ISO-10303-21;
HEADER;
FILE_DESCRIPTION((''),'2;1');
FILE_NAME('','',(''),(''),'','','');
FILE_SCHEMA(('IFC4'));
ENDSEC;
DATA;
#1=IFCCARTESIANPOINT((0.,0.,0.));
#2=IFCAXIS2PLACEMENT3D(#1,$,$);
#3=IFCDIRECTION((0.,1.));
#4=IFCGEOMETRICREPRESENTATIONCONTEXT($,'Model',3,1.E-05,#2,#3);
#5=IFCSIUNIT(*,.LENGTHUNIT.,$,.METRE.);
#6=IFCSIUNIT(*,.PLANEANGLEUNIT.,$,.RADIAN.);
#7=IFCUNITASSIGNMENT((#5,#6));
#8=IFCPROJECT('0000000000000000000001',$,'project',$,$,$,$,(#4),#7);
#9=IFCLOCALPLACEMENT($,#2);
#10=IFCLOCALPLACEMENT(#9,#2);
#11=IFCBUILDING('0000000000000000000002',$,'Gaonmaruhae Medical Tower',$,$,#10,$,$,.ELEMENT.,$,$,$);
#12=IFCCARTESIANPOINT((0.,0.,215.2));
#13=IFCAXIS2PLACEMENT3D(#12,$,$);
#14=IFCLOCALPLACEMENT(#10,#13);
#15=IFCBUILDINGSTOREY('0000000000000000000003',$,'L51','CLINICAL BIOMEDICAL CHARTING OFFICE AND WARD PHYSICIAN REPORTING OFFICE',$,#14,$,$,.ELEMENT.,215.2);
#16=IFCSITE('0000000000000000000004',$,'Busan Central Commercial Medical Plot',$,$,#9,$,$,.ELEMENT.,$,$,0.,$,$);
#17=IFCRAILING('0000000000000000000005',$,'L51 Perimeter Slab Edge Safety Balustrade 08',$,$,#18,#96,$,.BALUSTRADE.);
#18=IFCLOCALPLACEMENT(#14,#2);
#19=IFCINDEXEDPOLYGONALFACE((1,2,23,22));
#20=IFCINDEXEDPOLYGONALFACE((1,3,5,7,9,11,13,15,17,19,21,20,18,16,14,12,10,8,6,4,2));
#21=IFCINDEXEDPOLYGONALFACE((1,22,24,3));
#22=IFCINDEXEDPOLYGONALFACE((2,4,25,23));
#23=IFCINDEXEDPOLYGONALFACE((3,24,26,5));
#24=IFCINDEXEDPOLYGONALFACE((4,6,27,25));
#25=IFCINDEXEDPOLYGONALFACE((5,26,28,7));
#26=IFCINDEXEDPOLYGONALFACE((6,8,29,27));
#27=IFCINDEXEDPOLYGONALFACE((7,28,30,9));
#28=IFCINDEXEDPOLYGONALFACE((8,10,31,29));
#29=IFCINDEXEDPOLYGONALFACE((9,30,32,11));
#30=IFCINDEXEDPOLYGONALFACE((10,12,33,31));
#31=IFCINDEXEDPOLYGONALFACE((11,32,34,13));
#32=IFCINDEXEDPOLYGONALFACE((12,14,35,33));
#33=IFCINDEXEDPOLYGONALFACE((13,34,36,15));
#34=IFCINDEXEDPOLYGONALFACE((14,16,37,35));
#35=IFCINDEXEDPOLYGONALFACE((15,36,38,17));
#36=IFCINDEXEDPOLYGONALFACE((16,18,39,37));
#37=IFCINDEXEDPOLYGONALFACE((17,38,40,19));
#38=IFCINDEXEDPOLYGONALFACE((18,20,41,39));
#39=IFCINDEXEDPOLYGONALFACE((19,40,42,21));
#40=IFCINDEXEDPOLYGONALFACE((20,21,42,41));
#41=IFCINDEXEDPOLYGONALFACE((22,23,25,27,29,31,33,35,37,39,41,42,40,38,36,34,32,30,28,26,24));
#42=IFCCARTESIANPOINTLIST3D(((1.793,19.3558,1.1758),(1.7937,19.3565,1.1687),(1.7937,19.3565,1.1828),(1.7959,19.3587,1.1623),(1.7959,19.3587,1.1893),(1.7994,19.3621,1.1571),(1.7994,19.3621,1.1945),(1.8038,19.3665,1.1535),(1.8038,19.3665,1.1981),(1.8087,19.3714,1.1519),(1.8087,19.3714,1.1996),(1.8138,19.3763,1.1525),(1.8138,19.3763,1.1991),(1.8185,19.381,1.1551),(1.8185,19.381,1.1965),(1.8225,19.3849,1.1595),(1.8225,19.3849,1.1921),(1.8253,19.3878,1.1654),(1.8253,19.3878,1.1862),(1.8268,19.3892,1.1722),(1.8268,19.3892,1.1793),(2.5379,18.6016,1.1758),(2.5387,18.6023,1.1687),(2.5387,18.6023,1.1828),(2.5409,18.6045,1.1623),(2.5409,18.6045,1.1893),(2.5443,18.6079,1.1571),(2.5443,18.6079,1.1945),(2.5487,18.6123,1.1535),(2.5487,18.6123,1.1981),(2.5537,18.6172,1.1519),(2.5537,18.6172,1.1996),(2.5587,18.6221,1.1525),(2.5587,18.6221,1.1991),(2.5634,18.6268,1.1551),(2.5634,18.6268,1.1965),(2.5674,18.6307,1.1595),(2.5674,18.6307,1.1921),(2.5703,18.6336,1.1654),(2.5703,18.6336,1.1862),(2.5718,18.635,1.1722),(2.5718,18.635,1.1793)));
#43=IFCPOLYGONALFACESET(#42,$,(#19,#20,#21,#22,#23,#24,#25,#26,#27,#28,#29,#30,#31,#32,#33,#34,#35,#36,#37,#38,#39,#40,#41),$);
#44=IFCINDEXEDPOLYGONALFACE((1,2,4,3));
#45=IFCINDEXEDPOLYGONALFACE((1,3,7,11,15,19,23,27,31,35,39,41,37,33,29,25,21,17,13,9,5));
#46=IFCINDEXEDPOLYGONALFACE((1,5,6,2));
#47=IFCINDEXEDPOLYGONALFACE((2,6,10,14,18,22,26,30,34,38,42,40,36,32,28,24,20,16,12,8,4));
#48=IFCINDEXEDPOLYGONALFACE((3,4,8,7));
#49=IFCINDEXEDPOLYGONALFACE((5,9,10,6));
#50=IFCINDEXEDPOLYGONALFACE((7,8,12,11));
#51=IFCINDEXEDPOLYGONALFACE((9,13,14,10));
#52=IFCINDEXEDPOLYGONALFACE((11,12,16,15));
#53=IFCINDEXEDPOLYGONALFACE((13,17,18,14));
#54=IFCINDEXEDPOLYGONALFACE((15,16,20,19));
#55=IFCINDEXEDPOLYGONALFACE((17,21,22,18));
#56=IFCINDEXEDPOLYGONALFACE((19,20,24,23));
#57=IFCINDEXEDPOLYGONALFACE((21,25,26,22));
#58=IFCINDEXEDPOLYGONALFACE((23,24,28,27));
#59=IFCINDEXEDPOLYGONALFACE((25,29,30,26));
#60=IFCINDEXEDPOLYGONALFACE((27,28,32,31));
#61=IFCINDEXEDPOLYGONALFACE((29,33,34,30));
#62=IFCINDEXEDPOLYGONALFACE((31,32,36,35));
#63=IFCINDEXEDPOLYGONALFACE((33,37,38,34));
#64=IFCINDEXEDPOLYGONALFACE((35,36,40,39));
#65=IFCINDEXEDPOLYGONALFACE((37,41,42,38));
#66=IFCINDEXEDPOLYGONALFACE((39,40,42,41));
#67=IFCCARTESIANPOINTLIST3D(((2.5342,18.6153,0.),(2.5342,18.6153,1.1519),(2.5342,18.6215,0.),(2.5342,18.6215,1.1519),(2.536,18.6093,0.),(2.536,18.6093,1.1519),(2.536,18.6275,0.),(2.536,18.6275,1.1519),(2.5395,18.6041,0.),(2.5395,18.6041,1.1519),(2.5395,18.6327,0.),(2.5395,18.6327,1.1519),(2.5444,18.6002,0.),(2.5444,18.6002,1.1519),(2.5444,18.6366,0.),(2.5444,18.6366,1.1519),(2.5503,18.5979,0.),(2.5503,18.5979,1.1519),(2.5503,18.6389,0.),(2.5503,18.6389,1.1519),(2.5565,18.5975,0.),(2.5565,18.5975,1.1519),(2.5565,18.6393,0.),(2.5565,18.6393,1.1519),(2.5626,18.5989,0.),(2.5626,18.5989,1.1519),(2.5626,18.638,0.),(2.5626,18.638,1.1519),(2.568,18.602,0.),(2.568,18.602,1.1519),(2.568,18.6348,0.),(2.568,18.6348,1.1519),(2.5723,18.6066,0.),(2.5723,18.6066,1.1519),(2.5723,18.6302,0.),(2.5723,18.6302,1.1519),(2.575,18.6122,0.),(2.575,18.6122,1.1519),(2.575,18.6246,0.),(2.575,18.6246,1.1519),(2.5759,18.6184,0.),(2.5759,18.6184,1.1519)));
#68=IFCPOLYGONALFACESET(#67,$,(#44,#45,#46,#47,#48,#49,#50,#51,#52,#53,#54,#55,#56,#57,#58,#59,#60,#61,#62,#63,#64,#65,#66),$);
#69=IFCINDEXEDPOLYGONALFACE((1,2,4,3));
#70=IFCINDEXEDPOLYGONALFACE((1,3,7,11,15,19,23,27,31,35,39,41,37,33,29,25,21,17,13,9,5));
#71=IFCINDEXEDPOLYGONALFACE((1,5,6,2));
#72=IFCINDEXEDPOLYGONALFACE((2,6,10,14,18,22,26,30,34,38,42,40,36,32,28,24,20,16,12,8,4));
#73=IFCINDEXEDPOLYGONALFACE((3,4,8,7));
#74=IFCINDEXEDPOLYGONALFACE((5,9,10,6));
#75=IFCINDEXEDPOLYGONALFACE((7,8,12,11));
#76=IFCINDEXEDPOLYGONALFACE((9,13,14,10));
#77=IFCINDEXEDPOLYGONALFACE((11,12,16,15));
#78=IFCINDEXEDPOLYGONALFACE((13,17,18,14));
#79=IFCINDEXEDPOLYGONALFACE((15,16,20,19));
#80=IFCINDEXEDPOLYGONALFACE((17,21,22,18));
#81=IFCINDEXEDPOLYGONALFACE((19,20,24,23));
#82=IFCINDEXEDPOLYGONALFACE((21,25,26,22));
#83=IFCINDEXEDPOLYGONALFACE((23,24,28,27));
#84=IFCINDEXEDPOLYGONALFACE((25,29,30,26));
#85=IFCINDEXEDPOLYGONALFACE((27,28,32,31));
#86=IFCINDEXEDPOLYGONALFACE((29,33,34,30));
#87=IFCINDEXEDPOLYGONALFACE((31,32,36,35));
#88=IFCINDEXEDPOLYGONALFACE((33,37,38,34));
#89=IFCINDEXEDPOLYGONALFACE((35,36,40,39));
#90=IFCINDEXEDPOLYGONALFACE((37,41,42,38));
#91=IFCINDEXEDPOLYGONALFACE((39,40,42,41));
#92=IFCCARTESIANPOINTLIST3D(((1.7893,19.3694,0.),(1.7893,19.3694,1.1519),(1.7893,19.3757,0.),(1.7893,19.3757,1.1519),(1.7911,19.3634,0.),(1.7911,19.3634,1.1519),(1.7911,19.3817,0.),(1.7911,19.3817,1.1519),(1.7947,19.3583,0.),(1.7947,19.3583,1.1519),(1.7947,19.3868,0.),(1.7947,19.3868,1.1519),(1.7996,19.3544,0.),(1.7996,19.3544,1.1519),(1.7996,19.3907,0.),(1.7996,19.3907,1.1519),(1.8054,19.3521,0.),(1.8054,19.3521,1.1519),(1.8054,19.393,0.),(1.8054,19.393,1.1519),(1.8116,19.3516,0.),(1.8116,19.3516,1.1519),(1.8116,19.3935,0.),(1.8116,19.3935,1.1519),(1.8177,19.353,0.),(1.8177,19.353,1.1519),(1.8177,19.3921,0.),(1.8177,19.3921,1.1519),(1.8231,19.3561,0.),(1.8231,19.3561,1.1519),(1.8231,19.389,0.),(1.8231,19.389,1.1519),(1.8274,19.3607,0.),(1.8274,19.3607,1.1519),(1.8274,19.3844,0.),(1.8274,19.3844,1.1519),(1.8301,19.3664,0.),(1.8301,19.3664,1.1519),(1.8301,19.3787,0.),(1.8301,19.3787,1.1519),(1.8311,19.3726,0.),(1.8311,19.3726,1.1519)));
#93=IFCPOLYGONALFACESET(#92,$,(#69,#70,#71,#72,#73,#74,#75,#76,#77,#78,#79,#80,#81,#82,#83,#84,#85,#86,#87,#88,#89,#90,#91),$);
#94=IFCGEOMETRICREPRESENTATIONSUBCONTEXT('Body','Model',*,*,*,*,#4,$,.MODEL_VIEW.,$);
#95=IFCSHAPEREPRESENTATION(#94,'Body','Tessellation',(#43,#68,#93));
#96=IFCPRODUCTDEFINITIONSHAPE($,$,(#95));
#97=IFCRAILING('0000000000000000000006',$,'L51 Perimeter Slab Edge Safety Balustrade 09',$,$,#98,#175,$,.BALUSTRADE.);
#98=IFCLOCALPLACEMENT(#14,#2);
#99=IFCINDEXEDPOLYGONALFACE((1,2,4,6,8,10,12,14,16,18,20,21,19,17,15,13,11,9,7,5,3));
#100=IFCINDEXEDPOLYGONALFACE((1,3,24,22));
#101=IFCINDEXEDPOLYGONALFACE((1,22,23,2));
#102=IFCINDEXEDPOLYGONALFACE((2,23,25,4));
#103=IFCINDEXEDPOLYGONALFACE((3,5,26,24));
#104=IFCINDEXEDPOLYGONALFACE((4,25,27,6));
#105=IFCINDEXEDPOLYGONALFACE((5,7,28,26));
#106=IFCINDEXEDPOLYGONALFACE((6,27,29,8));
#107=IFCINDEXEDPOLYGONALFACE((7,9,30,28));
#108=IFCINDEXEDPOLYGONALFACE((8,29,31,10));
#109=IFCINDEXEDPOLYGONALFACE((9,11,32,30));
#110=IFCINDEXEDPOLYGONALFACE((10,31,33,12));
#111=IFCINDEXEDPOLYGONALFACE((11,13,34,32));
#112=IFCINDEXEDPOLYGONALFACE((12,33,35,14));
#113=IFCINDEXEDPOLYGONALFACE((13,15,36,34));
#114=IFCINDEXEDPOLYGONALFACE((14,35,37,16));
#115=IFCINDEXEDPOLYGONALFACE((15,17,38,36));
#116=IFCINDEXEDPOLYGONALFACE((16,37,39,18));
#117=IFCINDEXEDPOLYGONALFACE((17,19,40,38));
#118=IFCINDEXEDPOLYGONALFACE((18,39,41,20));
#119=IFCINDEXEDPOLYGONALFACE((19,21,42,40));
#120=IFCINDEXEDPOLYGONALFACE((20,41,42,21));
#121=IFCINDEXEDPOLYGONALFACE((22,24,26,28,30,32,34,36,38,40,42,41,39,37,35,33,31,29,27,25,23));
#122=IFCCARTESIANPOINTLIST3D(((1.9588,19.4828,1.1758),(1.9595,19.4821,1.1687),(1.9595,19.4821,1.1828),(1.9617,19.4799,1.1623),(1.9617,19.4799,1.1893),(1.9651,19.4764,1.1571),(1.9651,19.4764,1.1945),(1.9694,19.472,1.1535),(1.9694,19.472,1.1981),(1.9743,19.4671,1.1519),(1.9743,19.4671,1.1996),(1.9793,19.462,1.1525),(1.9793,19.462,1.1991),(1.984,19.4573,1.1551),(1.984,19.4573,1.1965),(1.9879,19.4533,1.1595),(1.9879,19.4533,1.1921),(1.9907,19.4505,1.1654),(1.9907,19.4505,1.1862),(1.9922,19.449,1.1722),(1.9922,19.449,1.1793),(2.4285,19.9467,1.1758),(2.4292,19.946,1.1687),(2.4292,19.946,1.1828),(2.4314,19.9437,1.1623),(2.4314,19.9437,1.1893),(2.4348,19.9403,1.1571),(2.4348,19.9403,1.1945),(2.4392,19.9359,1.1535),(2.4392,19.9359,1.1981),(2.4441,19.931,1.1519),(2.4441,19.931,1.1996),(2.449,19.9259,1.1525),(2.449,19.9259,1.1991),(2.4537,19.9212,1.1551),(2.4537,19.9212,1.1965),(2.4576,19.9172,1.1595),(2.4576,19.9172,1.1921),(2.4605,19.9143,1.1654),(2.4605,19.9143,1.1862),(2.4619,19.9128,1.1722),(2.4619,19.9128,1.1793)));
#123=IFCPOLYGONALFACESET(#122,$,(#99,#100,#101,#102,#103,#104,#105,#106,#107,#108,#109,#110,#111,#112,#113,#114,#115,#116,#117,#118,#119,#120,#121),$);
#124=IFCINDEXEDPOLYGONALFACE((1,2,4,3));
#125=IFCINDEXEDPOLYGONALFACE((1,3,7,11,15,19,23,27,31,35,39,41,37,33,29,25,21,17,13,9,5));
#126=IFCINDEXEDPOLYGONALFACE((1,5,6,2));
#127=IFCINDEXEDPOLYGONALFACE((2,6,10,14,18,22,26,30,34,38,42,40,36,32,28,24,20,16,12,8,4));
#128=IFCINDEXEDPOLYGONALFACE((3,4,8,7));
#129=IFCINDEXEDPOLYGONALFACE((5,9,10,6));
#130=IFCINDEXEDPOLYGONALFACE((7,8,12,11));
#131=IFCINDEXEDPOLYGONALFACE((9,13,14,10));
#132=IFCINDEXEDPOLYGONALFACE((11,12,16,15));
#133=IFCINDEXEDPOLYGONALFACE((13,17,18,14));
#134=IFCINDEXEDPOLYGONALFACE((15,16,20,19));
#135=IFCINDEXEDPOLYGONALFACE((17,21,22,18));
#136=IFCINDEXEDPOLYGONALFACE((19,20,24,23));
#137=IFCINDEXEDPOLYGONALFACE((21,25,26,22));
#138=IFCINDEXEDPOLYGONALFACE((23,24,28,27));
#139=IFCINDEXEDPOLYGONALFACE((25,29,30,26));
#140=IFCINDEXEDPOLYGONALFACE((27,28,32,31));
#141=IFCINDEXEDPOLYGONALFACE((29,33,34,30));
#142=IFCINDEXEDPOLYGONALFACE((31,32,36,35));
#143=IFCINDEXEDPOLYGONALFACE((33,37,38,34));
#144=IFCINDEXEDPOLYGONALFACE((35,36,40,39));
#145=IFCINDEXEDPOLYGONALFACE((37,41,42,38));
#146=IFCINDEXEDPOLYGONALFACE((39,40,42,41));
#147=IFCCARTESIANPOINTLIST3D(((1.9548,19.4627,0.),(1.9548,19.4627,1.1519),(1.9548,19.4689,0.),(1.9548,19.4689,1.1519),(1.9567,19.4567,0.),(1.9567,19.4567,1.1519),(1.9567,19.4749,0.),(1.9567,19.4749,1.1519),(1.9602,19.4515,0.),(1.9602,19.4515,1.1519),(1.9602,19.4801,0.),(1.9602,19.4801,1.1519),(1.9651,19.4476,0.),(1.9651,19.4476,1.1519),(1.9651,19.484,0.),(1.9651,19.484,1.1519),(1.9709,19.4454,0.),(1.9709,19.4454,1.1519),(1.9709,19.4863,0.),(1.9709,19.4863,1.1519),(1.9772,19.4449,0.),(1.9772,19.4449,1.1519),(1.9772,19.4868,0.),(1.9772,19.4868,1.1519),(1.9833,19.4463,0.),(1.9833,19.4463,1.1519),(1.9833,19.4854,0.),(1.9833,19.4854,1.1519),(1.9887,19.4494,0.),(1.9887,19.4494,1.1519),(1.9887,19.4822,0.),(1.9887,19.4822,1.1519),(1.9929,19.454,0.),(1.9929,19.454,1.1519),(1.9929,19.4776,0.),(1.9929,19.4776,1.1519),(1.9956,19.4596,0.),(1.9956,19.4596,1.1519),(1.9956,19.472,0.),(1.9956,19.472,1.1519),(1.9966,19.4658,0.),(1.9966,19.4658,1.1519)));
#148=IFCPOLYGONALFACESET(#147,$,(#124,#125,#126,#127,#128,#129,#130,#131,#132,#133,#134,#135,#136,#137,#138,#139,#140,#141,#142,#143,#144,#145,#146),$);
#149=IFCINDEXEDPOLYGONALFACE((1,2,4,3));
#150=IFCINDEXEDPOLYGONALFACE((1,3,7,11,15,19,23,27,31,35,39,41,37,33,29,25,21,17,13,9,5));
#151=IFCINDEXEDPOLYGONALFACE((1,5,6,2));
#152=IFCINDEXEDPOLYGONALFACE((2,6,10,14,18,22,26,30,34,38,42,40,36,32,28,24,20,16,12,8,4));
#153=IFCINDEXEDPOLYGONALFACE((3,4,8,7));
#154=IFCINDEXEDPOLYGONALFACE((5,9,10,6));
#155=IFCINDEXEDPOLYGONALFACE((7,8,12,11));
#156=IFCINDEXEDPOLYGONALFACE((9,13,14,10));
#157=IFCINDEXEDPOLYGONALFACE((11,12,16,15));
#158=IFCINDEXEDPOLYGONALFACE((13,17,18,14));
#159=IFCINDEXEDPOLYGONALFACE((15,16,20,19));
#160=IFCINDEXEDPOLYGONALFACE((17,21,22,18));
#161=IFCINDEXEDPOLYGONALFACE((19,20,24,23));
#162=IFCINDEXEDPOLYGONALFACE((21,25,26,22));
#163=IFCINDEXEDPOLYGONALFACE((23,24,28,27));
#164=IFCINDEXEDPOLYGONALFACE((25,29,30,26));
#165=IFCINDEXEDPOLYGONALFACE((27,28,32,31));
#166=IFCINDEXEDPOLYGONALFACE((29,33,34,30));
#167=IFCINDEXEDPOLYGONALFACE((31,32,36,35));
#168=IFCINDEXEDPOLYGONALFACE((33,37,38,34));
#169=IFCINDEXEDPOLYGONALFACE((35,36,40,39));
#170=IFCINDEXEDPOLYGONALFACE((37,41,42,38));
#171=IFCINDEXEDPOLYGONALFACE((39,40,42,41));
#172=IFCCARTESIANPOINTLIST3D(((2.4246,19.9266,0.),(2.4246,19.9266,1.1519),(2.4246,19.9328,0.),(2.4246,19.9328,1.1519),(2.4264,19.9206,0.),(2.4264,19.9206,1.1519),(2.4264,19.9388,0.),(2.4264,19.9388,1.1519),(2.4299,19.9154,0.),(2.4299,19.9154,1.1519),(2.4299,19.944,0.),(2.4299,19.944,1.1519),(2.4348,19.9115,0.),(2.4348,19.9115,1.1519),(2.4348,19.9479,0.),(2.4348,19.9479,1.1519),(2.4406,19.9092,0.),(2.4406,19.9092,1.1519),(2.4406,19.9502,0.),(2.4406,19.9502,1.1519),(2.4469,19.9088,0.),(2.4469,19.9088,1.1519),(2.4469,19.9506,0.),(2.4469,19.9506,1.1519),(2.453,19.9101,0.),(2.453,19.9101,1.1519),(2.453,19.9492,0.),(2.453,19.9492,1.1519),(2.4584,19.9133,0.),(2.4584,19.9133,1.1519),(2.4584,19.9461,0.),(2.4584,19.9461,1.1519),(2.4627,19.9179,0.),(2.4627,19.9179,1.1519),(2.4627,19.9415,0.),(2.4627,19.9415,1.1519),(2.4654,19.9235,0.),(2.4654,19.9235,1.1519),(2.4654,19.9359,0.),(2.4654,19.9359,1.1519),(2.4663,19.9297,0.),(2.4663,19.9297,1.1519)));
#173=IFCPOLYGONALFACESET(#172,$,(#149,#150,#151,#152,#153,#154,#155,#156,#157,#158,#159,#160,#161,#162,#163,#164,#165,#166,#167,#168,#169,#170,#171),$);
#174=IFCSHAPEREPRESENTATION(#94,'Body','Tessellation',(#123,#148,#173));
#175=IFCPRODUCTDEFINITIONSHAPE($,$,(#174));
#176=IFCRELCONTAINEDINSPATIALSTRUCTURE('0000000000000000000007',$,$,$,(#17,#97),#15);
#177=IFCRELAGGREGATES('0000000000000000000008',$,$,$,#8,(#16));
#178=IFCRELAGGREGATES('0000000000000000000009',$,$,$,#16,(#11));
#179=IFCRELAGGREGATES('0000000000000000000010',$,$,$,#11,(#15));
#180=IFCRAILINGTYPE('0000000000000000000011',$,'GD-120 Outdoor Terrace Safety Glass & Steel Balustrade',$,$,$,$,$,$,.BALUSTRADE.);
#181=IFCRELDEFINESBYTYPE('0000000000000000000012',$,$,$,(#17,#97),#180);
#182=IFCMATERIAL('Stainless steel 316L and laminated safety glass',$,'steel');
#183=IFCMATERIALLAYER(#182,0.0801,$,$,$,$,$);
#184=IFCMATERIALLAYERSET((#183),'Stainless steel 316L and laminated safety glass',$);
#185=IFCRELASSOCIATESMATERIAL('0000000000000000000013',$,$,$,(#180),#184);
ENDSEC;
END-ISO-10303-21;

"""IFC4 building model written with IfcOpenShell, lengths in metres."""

from ifc_helpers import new_model, si_unit, direction, frame, origin, origin_2d, place, context, subcontext, project, spatial, circle, extrude, material, layer, layer_set, type_object, element, save


model = new_model("IFC4")

# Units and contexts
model_context = context("Model", 3, precision=1e-05, world=origin(), true_north=direction((0.0, 1.0)))
body_context = subcontext(model_context, "Body", "Model", "MODEL_VIEW")
ifc_project = project(units=[si_unit("LENGTHUNIT", "METRE"), si_unit("PLANEANGLEUNIT", "RADIAN")], contexts=[model_context])

# Site, building, storey
site_placement = place(None, origin())
site = spatial("IfcSite", under=ifc_project, at=site_placement, Name="Busan Central Commercial Medical Plot", CompositionType="ELEMENT", RefElevation=0.0)
building_placement = place(site_placement, origin())
building = spatial("IfcBuilding", under=site, at=building_placement, Name="Gaonmaruhae Medical Tower", CompositionType="ELEMENT")
storey_placement = place(building_placement, frame((0.0, 0.0, 215.2)))
storey = spatial("IfcBuildingStorey", under=building, at=storey_placement, Name="L51", Description="CLINICAL BIOMEDICAL CHARTING OFFICE AND WARD PHYSICIAN REPORTING OFFICE", CompositionType="ELEMENT", Elevation=215.2)

# Railings
ifc_material_1 = material(Name="Stainless steel 316L and laminated safety glass", Category="steel")
ifc_layer_1 = layer(ifc_material_1, 0.0801)
ifc_layer_set_1 = layer_set([ifc_layer_1], Name="Stainless steel 316L and laminated safety glass")
railing_type = type_object("IfcRailingType", Name="GD-120 Outdoor Terrace Safety Glass & Steel Balustrade", PredefinedType="BALUSTRADE", material=ifc_layer_set_1)
railing_1_placement = place(storey_placement, frame((2.5549, 18.6184, 0.0)))
element("IfcRailing", 1, at=railing_1_placement, inside=storey, type_object=railing_type, Name="L51 Perimeter Slab Edge Safety Balustrade 08", PredefinedType="BALUSTRADE", context=body_context, shape_type="SweptSolid", body=[
    extrude(circle(Radius=0.0239, at=origin_2d()), frame((0.0, 0.0, 1.1758), z_axis=(-0.702717, 0.711469, 0.0), x_axis=(-0.711469, -0.702717, 0.0)), (0.0, 0.0, 1.0), 1.0601),
    extrude(circle(Radius=0.021, at=origin_2d()), origin(), (0.0, 0.0, 1.0), 1.1519),
    extrude(circle(Radius=0.021, at=origin_2d()), frame((-0.7449, 0.7542, 0.0)), (0.0, 0.0, 1.0), 1.1519),
])
railing_2_placement = place(storey_placement, frame((1.9756, 19.4658, 0.0)))
element("IfcRailing", 2, at=railing_2_placement, inside=storey, type_object=railing_type, Name="L51 Perimeter Slab Edge Safety Balustrade 09", PredefinedType="BALUSTRADE", context=body_context, shape_type="SweptSolid", body=[
    extrude(circle(Radius=0.0239, at=origin_2d()), frame((0.0, 0.0, 1.1758), z_axis=(0.711531, 0.702655, 0.0), x_axis=(-0.702655, 0.711531, 0.0)), (0.0, 0.0, 1.0), 0.6602),
    extrude(circle(Radius=0.021, at=origin_2d()), origin(), (0.0, 0.0, 1.0), 1.1519),
    extrude(circle(Radius=0.021, at=origin_2d()), frame((0.4697, 0.4639, 0.0)), (0.0, 0.0, 1.0), 1.1519),
])

save(model, "model.ifc")
